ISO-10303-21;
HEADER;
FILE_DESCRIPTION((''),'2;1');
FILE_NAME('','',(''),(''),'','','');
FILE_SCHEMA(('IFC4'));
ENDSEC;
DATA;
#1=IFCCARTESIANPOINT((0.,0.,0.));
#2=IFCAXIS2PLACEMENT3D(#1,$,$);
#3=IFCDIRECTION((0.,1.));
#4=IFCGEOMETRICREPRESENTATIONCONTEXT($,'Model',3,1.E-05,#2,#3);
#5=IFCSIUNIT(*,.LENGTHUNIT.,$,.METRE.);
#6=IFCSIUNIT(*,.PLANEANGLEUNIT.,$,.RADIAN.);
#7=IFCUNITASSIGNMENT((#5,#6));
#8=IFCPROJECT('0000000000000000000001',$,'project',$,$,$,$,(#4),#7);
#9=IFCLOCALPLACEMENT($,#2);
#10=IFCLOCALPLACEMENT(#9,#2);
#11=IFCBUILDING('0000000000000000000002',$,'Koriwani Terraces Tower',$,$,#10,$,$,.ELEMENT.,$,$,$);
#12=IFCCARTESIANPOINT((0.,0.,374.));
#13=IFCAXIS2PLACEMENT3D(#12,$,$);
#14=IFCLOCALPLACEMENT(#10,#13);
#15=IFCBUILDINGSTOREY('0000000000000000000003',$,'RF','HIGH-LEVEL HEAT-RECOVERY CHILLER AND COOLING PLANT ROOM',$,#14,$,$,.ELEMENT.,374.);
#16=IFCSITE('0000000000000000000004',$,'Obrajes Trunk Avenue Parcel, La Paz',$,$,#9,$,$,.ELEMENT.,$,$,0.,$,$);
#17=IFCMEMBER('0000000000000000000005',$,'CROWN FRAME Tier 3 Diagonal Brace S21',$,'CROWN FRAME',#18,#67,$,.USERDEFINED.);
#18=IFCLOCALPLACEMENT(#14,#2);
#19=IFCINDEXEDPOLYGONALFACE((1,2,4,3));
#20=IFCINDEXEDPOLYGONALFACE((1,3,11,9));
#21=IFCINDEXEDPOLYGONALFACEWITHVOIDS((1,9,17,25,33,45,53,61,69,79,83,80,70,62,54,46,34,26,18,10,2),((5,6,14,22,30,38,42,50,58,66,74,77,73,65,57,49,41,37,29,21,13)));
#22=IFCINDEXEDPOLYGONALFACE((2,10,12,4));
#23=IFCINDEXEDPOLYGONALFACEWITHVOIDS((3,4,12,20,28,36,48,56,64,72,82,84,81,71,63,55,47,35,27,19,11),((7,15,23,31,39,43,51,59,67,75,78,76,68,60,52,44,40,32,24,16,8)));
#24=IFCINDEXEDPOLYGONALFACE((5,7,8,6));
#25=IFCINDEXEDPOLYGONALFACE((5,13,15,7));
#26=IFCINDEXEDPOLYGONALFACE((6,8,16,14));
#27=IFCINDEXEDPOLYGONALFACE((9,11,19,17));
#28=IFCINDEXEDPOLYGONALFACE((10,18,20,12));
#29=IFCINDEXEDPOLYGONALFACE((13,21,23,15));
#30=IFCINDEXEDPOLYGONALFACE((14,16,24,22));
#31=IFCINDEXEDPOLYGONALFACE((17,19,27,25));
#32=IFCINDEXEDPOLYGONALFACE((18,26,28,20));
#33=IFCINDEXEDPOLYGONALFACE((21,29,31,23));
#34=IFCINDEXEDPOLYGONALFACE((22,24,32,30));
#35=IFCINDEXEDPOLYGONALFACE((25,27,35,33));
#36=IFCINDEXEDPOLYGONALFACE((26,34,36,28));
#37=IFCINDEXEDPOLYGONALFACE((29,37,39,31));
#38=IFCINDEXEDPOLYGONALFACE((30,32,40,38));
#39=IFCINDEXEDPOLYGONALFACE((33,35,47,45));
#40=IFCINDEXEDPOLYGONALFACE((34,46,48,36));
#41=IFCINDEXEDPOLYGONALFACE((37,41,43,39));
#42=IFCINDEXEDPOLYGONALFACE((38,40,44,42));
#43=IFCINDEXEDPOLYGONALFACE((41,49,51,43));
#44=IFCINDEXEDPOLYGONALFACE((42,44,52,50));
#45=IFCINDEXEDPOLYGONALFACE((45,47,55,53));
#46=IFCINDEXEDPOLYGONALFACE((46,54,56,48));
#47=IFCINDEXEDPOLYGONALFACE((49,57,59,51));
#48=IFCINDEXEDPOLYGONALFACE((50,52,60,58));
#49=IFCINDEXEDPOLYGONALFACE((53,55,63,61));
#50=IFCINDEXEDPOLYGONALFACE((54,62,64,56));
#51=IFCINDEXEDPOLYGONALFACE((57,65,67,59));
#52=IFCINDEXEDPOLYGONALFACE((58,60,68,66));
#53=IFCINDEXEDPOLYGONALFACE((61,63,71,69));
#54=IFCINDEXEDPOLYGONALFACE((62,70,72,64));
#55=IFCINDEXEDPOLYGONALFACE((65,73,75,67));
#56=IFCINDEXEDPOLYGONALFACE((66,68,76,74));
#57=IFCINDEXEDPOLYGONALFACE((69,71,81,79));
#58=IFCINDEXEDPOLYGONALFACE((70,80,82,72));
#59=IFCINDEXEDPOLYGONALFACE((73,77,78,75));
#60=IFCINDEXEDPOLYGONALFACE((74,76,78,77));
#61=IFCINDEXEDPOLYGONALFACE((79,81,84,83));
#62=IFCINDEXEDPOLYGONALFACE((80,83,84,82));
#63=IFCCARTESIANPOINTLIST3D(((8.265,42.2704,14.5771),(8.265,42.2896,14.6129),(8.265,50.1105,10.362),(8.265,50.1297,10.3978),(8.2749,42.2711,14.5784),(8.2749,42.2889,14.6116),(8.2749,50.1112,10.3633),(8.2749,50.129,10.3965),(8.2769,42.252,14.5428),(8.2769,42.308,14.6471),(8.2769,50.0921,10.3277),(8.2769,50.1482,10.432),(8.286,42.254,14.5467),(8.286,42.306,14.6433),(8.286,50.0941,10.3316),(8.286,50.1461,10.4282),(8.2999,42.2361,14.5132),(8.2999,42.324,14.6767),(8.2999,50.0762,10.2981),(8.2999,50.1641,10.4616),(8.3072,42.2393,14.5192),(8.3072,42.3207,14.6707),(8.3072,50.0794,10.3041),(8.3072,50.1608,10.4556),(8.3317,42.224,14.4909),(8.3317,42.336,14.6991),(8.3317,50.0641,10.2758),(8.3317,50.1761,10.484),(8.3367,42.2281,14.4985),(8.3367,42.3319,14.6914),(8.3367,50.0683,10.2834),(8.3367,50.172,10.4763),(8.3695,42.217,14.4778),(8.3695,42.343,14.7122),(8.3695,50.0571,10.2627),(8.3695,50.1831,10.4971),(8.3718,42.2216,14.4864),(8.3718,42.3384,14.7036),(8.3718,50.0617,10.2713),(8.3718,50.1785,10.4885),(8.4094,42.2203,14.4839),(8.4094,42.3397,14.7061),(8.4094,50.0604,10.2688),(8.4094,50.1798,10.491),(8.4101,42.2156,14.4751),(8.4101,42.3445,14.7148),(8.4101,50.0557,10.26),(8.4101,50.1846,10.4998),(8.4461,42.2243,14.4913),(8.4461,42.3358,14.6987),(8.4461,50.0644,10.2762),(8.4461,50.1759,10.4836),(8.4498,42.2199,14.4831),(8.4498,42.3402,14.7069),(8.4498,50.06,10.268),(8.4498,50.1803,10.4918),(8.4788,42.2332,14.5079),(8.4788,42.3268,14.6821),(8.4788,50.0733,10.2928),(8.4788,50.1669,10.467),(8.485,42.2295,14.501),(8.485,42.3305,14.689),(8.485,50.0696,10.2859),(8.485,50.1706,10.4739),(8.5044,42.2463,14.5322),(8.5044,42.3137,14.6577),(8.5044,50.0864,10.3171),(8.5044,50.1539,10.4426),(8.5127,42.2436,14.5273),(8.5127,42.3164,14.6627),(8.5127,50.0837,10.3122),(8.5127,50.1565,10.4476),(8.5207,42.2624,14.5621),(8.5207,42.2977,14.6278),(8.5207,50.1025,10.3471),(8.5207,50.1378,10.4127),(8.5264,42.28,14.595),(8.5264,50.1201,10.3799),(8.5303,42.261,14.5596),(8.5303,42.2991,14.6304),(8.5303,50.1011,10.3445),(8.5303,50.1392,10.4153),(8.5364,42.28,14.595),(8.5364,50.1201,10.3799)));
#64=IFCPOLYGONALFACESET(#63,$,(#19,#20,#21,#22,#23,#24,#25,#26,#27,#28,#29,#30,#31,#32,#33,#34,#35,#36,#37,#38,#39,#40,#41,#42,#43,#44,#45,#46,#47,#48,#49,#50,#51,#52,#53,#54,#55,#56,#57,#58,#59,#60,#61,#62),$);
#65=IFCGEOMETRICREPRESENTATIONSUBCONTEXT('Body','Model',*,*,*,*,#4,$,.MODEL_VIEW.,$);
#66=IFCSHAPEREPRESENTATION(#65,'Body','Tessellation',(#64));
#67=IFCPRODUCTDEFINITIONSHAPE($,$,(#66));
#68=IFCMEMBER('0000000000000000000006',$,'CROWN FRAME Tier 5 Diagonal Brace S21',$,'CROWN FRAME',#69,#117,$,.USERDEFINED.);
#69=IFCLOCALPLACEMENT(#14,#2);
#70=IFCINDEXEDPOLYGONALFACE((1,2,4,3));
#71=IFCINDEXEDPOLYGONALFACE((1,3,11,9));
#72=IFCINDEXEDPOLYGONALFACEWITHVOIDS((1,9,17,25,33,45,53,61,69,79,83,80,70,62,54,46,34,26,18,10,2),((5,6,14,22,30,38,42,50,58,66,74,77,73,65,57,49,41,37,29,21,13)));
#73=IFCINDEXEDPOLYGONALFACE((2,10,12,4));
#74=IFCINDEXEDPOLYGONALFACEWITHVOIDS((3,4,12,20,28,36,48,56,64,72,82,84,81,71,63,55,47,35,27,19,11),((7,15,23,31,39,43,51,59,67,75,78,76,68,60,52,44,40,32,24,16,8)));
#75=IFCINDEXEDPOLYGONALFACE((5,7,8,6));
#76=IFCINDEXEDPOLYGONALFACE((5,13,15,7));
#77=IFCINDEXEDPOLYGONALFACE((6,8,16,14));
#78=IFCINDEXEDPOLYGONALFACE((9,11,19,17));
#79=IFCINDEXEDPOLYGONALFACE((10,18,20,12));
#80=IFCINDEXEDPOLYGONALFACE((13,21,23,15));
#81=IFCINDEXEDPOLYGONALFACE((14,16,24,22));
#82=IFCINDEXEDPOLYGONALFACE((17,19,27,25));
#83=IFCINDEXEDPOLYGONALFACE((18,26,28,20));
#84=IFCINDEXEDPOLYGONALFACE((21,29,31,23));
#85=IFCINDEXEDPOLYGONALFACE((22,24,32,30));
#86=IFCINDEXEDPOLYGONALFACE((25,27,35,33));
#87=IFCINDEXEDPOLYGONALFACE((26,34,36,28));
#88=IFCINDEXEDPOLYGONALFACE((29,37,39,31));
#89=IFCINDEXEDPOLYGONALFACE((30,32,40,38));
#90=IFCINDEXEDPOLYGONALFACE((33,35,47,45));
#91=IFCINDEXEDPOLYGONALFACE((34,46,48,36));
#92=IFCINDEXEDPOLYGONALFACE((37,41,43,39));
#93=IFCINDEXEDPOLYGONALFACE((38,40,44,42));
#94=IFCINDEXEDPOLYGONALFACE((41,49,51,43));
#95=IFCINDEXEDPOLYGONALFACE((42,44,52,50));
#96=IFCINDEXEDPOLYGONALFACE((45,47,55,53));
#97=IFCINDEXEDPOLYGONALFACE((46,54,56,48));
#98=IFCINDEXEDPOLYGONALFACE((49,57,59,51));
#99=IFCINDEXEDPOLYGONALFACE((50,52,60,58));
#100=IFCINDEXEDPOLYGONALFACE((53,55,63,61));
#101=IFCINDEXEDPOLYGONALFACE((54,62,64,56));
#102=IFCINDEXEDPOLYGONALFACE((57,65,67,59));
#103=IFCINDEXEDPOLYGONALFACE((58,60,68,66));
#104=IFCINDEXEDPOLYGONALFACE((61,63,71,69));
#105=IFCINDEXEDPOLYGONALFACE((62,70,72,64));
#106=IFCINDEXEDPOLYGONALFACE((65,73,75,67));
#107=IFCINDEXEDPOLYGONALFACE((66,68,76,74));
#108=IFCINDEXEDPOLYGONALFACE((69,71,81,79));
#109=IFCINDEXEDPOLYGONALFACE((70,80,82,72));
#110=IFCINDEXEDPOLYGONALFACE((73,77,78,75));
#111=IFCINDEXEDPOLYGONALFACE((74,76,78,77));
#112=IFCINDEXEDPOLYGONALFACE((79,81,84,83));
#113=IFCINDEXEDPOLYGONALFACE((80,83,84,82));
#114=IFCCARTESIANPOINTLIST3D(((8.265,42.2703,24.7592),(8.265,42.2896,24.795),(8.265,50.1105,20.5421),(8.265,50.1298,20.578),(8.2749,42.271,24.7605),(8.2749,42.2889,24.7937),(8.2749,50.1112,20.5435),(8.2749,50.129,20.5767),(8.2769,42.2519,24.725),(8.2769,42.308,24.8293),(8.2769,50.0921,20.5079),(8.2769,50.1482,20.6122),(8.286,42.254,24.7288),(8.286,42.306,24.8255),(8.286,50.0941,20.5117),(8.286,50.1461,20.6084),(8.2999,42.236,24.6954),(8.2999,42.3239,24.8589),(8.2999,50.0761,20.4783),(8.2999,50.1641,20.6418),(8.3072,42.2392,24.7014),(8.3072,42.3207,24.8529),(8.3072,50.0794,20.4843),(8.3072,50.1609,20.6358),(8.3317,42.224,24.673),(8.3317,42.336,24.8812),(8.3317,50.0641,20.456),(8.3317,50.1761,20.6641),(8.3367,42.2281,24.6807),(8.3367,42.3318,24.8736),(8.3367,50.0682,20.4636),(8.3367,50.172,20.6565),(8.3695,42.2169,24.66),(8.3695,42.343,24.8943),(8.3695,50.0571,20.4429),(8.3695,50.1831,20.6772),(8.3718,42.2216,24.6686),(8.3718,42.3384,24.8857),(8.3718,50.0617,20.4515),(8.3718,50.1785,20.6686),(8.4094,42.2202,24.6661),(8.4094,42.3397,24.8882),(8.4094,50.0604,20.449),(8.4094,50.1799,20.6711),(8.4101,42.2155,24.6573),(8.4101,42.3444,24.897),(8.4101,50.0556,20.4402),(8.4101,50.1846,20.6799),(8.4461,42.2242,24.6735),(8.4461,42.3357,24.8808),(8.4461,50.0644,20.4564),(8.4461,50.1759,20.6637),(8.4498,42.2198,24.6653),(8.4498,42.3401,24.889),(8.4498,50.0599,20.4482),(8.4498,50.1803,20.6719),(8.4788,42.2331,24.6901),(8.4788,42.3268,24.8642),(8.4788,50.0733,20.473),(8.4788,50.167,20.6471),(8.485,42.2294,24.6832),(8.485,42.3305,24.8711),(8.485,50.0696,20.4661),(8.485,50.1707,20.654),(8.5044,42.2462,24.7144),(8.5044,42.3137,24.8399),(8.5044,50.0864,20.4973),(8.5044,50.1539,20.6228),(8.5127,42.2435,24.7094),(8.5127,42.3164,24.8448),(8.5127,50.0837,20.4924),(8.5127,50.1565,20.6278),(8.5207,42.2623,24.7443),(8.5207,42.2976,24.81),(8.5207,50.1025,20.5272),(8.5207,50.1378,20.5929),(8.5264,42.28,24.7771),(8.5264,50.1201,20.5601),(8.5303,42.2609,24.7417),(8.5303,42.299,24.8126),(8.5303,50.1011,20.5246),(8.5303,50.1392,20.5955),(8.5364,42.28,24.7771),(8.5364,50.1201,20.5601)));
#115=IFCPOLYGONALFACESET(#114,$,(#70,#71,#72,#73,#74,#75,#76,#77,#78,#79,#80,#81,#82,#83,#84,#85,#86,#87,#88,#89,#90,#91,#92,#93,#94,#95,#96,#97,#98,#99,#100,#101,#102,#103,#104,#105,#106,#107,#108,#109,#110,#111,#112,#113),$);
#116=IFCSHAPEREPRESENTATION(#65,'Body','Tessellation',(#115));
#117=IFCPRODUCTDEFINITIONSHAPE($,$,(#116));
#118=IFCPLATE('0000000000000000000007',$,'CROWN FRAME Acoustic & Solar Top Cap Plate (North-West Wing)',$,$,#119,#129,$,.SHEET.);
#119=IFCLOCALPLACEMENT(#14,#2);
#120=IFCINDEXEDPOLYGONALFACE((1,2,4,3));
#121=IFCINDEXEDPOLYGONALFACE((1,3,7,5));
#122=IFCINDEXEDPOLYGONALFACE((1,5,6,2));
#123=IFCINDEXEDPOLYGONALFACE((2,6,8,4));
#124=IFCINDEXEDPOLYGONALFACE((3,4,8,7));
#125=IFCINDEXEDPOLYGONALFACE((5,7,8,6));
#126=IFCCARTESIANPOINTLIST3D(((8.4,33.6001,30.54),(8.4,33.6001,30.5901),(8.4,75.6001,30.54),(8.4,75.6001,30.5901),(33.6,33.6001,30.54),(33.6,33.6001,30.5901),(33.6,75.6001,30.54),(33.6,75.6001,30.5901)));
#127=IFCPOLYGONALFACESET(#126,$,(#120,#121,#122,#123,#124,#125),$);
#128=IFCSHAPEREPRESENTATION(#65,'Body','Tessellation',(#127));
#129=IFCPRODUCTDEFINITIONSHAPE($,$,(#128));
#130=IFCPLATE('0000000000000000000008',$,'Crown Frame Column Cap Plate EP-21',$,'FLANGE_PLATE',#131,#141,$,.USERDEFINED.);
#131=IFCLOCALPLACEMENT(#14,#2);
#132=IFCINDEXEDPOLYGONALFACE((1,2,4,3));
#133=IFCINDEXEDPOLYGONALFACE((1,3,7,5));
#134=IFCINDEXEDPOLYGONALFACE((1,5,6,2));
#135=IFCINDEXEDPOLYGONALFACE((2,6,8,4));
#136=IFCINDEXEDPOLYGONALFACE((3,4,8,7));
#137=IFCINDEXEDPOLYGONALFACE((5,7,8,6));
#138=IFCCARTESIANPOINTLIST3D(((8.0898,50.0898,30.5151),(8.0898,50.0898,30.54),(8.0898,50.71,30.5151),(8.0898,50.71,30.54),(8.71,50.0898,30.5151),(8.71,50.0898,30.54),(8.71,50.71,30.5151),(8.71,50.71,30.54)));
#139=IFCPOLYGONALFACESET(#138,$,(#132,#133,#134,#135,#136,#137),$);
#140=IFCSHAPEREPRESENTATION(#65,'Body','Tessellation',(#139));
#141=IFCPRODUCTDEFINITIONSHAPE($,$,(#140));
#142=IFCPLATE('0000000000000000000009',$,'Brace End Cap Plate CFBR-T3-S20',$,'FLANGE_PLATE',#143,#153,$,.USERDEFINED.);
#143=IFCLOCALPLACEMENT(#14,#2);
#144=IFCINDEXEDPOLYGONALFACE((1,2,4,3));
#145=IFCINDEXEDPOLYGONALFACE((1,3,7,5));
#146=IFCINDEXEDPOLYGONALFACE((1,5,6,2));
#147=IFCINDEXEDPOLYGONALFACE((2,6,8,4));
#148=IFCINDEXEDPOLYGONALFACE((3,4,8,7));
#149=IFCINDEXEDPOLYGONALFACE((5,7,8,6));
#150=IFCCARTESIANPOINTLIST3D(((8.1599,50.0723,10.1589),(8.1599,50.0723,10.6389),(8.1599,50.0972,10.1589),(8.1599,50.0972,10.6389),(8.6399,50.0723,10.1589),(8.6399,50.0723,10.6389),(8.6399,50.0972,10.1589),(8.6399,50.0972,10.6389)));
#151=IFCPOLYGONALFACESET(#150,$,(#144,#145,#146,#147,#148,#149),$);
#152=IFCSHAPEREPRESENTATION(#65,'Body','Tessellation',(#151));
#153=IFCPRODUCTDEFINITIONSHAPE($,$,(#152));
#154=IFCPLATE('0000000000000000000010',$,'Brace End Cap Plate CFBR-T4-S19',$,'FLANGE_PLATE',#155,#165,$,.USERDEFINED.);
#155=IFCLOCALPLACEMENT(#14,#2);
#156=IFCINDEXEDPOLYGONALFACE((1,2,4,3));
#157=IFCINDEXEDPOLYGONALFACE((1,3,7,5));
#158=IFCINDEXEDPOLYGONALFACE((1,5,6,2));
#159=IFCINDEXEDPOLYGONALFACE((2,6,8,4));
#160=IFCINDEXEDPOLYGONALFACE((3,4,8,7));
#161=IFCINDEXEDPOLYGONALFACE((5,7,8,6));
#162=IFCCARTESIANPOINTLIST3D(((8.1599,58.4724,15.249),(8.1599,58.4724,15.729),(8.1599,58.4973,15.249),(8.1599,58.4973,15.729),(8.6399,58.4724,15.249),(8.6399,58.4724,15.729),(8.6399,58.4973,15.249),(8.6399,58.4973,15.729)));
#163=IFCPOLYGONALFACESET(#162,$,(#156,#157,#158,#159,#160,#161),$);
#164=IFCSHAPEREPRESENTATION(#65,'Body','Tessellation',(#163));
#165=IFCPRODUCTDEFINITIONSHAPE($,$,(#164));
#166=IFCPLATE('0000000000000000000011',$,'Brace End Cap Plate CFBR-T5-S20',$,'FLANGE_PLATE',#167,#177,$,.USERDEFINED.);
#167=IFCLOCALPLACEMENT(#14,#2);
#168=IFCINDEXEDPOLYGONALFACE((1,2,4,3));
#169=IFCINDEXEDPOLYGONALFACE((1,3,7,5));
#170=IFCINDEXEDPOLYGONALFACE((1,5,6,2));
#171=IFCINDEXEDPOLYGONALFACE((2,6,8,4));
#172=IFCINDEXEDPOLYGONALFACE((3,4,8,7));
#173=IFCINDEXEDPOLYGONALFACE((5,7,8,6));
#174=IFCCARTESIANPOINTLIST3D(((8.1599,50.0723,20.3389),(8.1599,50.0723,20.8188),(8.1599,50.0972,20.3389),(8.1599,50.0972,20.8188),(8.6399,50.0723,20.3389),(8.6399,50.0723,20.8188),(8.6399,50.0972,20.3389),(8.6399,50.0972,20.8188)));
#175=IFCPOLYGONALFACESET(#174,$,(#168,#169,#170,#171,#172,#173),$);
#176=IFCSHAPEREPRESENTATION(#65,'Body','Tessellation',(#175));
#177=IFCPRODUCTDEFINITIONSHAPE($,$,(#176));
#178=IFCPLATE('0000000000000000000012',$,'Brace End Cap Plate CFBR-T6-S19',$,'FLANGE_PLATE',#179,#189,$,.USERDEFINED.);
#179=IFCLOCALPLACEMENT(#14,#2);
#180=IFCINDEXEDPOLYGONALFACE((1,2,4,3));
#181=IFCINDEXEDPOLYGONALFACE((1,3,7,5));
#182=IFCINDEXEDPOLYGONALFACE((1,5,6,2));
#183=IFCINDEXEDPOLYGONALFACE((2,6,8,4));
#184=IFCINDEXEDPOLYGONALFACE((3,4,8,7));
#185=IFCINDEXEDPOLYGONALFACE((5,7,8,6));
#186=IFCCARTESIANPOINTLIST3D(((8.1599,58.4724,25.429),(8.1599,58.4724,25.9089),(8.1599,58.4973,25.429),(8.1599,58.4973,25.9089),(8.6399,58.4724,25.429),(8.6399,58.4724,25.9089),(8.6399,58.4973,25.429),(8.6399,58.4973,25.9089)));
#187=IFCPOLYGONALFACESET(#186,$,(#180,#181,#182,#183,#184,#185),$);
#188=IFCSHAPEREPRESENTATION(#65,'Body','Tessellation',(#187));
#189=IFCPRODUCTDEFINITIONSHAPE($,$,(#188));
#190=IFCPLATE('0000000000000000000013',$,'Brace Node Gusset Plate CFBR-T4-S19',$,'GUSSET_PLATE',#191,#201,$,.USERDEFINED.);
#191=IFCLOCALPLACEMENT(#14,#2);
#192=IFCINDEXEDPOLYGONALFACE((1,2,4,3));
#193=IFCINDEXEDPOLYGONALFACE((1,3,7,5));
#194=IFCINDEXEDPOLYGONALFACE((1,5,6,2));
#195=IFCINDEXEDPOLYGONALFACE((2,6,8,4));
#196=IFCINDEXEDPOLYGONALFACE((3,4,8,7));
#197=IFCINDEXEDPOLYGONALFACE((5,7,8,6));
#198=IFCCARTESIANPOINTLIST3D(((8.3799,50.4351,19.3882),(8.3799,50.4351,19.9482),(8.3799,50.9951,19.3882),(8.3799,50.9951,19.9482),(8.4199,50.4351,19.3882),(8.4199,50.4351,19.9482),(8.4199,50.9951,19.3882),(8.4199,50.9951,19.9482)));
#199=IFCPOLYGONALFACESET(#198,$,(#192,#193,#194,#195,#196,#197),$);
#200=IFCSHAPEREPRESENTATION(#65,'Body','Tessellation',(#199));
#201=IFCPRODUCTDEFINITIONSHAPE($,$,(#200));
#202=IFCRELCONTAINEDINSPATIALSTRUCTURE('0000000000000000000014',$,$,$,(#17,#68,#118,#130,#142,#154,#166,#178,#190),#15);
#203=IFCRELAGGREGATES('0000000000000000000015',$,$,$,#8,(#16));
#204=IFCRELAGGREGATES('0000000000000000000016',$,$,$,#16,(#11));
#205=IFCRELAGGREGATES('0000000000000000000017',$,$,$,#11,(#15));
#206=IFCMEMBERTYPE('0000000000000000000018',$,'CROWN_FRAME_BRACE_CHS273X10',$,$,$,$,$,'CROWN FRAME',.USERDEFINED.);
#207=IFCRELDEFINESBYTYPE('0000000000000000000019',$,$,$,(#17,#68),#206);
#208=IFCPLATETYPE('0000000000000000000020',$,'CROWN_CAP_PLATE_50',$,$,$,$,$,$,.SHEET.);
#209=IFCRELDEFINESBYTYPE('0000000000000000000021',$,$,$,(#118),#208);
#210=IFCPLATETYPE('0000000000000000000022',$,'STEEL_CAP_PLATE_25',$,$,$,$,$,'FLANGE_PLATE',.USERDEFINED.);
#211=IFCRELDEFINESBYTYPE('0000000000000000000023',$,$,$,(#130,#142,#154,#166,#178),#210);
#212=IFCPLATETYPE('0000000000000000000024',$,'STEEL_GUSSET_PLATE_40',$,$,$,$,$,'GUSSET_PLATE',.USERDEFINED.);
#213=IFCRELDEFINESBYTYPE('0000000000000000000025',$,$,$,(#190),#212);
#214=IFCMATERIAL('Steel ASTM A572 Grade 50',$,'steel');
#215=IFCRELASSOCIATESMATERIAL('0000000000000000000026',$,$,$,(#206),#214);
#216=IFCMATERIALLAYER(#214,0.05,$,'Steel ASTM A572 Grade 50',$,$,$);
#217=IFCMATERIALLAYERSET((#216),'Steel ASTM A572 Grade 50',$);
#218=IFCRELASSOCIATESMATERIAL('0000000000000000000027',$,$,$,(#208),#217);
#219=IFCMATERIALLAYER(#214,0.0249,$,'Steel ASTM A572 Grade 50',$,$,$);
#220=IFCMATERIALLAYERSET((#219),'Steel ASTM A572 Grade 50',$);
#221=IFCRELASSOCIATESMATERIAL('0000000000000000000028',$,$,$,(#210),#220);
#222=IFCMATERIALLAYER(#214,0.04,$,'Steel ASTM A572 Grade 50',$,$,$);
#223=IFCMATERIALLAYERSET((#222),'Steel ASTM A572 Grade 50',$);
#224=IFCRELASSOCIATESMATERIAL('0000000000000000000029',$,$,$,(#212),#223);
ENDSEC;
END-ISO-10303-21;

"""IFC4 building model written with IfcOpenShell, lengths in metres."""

from ifc_helpers import new_model, si_unit, direction, frame, origin, origin_2d, place, context, subcontext, project, spatial, rectangle, hollow_circle, extrude, material, layer, layer_set, material_profile, profile_set, type_object, element, save


model = new_model("IFC4")

# Units and contexts
model_context = context("Model", 3, precision=1e-05, world=origin(), true_north=direction((0.0, 1.0)))
body_context = subcontext(model_context, "Body", "Model", "MODEL_VIEW")
ifc_project = project(units=[si_unit("LENGTHUNIT", "METRE"), si_unit("PLANEANGLEUNIT", "RADIAN")], contexts=[model_context])

# Site, building, storey
site_placement = place(None, origin())
site = spatial("IfcSite", under=ifc_project, at=site_placement, Name="Obrajes Trunk Avenue Parcel, La Paz", CompositionType="ELEMENT", RefElevation=0.0)
building_placement = place(site_placement, origin())
building = spatial("IfcBuilding", under=site, at=building_placement, Name="Koriwani Terraces Tower", CompositionType="ELEMENT")
storey_placement = place(building_placement, frame((0.0, 0.0, 374.0)))
storey = spatial("IfcBuildingStorey", under=building, at=storey_placement, Name="RF", Description="HIGH-LEVEL HEAT-RECOVERY CHILLER AND COOLING PLANT ROOM", CompositionType="ELEMENT", Elevation=374.0)

# Shared definitions
ifc_material_1 = material(Name="Steel ASTM A572 Grade 50", Category="steel")

# Members
ifc_material_profile_1 = material_profile(ifc_material_1, hollow_circle(Radius=0.1365, WallThickness=0.01, at=origin_2d()), Name="Steel ASTM A572 Grade 50", Category="LoadBearing")
ifc_profile_set_1 = profile_set([ifc_material_profile_1], Name="Steel ASTM A572 Grade 50")
member_type = type_object("IfcMemberType", Name="CROWN_FRAME_BRACE_CHS273X10", ElementType="CROWN FRAME", PredefinedType="USERDEFINED", material=ifc_profile_set_1)
member_1_placement = place(storey_placement, frame((8.3999, 50.1201, 10.3799), z_axis=(0.0, -0.880776, 0.473534), x_axis=(1.0, 0.0, 0.0)))
element("IfcMember", 1, at=member_1_placement, inside=storey, type_object=member_type, Name="CROWN FRAME Tier 3 Diagonal Brace S21", ObjectType="CROWN FRAME", PredefinedType="USERDEFINED", context=body_context, shape_type="SweptSolid", body=[
    extrude(hollow_circle(Radius=0.1365, WallThickness=0.01, at=origin_2d()), origin(), (0.0, 0.0, 1.0), 8.9014),
])
member_2_placement = place(storey_placement, frame((8.3999, 50.1201, 20.5601), z_axis=(0.0, -0.880684, 0.473704), x_axis=(1.0, 0.0, 0.0)))
element("IfcMember", 2, at=member_2_placement, inside=storey, type_object=member_type, Name="CROWN FRAME Tier 5 Diagonal Brace S21", ObjectType="CROWN FRAME", PredefinedType="USERDEFINED", context=body_context, shape_type="SweptSolid", body=[
    extrude(hollow_circle(Radius=0.1365, WallThickness=0.01, at=origin_2d()), origin(), (0.0, 0.0, 1.0), 8.9023),
])

# Plates
ifc_layer_1 = layer(ifc_material_1, 0.05, Name="Steel ASTM A572 Grade 50")
ifc_layer_set_1 = layer_set([ifc_layer_1], Name="Steel ASTM A572 Grade 50")
plate_type_1 = type_object("IfcPlateType", Name="CROWN_CAP_PLATE_50", PredefinedType="SHEET", material=ifc_layer_set_1)
plate_1_placement = place(storey_placement, frame((21.0, 54.6001, 30.54), z_axis=(0.0, 0.0, 1.0), x_axis=(1.0, 0.0, 0.0)))
element("IfcPlate", 3, at=plate_1_placement, inside=storey, type_object=plate_type_1, Name="CROWN FRAME Acoustic & Solar Top Cap Plate (North-West Wing)", PredefinedType="SHEET", context=body_context, shape_type="SweptSolid", body=[
    extrude(rectangle(XDim=25.2, YDim=42.0, at=origin_2d()), origin(), (0.0, 0.0, 1.0), 0.05),
])
ifc_layer_2 = layer(ifc_material_1, 0.0249, Name="Steel ASTM A572 Grade 50")
ifc_layer_set_2 = layer_set([ifc_layer_2], Name="Steel ASTM A572 Grade 50")
plate_type_2 = type_object("IfcPlateType", Name="STEEL_CAP_PLATE_25", ElementType="FLANGE_PLATE", PredefinedType="USERDEFINED", material=ifc_layer_set_2)
plate_2_placement = place(storey_placement, frame((8.3999, 50.3999, 30.5151), z_axis=(0.0, 0.0, 1.0), x_axis=(1.0, 0.0, 0.0)))
element("IfcPlate", 4, at=plate_2_placement, inside=storey, type_object=plate_type_2, Name="Crown Frame Column Cap Plate EP-21", ObjectType="FLANGE_PLATE", PredefinedType="USERDEFINED", context=body_context, shape_type="SweptSolid", body=[
    extrude(rectangle(XDim=0.6201, YDim=0.6201, at=origin_2d()), origin(), (0.0, 0.0, 1.0), 0.0249),
])
for number, where, z_axis, x_axis, name in (
    (5, (8.3999, 50.0847, 10.1589), (0.0, 0.0, 1.0), (0.0, -1.0, 0.0), "Brace End Cap Plate CFBR-T3-S20"),
    (6, (8.3999, 58.4849, 15.249), (0.0, 0.0, 1.0), (0.0, -1.0, 0.0), "Brace End Cap Plate CFBR-T4-S19"),
    (7, (8.3999, 50.0847, 20.3389), (0.0, 0.0, 1.0), (0.0, -1.0, 0.0), "Brace End Cap Plate CFBR-T5-S20"),
    (8, (8.3999, 58.4849, 25.429), (0.0, 0.0, 1.0), (0.0, -1.0, 0.0), "Brace End Cap Plate CFBR-T6-S19"),
):
    element("IfcPlate", number, at=place(storey_placement, frame(where, z_axis=z_axis, x_axis=x_axis)), inside=storey, type_object=plate_type_2, Name=name, ObjectType="FLANGE_PLATE", PredefinedType="USERDEFINED", context=body_context, shape_type="SweptSolid", body=[
        extrude(rectangle(XDim=0.0249, YDim=0.48, at=origin_2d()), origin(), (0.0, 0.0, 1.0), 0.48),
    ])
ifc_layer_3 = layer(ifc_material_1, 0.04, Name="Steel ASTM A572 Grade 50")
ifc_layer_set_3 = layer_set([ifc_layer_3], Name="Steel ASTM A572 Grade 50")
plate_type_3 = type_object("IfcPlateType", Name="STEEL_GUSSET_PLATE_40", ElementType="GUSSET_PLATE", PredefinedType="USERDEFINED", material=ifc_layer_set_3)
for number, where, z_axis, x_axis, name in (
    (9, (8.3999, 50.7151, 19.3882), (0.0, 0.0, 1.0), (0.0, -1.0, 0.0), "Brace Node Gusset Plate CFBR-T4-S19"),
):
    element("IfcPlate", number, at=place(storey_placement, frame(where, z_axis=z_axis, x_axis=x_axis)), inside=storey, type_object=plate_type_3, Name=name, ObjectType="GUSSET_PLATE", PredefinedType="USERDEFINED", context=body_context, shape_type="SweptSolid", body=[
        extrude(rectangle(XDim=0.5601, YDim=0.04, at=origin_2d()), origin(), (0.0, 0.0, 1.0), 0.5601),
    ])

save(model, "model.ifc")
